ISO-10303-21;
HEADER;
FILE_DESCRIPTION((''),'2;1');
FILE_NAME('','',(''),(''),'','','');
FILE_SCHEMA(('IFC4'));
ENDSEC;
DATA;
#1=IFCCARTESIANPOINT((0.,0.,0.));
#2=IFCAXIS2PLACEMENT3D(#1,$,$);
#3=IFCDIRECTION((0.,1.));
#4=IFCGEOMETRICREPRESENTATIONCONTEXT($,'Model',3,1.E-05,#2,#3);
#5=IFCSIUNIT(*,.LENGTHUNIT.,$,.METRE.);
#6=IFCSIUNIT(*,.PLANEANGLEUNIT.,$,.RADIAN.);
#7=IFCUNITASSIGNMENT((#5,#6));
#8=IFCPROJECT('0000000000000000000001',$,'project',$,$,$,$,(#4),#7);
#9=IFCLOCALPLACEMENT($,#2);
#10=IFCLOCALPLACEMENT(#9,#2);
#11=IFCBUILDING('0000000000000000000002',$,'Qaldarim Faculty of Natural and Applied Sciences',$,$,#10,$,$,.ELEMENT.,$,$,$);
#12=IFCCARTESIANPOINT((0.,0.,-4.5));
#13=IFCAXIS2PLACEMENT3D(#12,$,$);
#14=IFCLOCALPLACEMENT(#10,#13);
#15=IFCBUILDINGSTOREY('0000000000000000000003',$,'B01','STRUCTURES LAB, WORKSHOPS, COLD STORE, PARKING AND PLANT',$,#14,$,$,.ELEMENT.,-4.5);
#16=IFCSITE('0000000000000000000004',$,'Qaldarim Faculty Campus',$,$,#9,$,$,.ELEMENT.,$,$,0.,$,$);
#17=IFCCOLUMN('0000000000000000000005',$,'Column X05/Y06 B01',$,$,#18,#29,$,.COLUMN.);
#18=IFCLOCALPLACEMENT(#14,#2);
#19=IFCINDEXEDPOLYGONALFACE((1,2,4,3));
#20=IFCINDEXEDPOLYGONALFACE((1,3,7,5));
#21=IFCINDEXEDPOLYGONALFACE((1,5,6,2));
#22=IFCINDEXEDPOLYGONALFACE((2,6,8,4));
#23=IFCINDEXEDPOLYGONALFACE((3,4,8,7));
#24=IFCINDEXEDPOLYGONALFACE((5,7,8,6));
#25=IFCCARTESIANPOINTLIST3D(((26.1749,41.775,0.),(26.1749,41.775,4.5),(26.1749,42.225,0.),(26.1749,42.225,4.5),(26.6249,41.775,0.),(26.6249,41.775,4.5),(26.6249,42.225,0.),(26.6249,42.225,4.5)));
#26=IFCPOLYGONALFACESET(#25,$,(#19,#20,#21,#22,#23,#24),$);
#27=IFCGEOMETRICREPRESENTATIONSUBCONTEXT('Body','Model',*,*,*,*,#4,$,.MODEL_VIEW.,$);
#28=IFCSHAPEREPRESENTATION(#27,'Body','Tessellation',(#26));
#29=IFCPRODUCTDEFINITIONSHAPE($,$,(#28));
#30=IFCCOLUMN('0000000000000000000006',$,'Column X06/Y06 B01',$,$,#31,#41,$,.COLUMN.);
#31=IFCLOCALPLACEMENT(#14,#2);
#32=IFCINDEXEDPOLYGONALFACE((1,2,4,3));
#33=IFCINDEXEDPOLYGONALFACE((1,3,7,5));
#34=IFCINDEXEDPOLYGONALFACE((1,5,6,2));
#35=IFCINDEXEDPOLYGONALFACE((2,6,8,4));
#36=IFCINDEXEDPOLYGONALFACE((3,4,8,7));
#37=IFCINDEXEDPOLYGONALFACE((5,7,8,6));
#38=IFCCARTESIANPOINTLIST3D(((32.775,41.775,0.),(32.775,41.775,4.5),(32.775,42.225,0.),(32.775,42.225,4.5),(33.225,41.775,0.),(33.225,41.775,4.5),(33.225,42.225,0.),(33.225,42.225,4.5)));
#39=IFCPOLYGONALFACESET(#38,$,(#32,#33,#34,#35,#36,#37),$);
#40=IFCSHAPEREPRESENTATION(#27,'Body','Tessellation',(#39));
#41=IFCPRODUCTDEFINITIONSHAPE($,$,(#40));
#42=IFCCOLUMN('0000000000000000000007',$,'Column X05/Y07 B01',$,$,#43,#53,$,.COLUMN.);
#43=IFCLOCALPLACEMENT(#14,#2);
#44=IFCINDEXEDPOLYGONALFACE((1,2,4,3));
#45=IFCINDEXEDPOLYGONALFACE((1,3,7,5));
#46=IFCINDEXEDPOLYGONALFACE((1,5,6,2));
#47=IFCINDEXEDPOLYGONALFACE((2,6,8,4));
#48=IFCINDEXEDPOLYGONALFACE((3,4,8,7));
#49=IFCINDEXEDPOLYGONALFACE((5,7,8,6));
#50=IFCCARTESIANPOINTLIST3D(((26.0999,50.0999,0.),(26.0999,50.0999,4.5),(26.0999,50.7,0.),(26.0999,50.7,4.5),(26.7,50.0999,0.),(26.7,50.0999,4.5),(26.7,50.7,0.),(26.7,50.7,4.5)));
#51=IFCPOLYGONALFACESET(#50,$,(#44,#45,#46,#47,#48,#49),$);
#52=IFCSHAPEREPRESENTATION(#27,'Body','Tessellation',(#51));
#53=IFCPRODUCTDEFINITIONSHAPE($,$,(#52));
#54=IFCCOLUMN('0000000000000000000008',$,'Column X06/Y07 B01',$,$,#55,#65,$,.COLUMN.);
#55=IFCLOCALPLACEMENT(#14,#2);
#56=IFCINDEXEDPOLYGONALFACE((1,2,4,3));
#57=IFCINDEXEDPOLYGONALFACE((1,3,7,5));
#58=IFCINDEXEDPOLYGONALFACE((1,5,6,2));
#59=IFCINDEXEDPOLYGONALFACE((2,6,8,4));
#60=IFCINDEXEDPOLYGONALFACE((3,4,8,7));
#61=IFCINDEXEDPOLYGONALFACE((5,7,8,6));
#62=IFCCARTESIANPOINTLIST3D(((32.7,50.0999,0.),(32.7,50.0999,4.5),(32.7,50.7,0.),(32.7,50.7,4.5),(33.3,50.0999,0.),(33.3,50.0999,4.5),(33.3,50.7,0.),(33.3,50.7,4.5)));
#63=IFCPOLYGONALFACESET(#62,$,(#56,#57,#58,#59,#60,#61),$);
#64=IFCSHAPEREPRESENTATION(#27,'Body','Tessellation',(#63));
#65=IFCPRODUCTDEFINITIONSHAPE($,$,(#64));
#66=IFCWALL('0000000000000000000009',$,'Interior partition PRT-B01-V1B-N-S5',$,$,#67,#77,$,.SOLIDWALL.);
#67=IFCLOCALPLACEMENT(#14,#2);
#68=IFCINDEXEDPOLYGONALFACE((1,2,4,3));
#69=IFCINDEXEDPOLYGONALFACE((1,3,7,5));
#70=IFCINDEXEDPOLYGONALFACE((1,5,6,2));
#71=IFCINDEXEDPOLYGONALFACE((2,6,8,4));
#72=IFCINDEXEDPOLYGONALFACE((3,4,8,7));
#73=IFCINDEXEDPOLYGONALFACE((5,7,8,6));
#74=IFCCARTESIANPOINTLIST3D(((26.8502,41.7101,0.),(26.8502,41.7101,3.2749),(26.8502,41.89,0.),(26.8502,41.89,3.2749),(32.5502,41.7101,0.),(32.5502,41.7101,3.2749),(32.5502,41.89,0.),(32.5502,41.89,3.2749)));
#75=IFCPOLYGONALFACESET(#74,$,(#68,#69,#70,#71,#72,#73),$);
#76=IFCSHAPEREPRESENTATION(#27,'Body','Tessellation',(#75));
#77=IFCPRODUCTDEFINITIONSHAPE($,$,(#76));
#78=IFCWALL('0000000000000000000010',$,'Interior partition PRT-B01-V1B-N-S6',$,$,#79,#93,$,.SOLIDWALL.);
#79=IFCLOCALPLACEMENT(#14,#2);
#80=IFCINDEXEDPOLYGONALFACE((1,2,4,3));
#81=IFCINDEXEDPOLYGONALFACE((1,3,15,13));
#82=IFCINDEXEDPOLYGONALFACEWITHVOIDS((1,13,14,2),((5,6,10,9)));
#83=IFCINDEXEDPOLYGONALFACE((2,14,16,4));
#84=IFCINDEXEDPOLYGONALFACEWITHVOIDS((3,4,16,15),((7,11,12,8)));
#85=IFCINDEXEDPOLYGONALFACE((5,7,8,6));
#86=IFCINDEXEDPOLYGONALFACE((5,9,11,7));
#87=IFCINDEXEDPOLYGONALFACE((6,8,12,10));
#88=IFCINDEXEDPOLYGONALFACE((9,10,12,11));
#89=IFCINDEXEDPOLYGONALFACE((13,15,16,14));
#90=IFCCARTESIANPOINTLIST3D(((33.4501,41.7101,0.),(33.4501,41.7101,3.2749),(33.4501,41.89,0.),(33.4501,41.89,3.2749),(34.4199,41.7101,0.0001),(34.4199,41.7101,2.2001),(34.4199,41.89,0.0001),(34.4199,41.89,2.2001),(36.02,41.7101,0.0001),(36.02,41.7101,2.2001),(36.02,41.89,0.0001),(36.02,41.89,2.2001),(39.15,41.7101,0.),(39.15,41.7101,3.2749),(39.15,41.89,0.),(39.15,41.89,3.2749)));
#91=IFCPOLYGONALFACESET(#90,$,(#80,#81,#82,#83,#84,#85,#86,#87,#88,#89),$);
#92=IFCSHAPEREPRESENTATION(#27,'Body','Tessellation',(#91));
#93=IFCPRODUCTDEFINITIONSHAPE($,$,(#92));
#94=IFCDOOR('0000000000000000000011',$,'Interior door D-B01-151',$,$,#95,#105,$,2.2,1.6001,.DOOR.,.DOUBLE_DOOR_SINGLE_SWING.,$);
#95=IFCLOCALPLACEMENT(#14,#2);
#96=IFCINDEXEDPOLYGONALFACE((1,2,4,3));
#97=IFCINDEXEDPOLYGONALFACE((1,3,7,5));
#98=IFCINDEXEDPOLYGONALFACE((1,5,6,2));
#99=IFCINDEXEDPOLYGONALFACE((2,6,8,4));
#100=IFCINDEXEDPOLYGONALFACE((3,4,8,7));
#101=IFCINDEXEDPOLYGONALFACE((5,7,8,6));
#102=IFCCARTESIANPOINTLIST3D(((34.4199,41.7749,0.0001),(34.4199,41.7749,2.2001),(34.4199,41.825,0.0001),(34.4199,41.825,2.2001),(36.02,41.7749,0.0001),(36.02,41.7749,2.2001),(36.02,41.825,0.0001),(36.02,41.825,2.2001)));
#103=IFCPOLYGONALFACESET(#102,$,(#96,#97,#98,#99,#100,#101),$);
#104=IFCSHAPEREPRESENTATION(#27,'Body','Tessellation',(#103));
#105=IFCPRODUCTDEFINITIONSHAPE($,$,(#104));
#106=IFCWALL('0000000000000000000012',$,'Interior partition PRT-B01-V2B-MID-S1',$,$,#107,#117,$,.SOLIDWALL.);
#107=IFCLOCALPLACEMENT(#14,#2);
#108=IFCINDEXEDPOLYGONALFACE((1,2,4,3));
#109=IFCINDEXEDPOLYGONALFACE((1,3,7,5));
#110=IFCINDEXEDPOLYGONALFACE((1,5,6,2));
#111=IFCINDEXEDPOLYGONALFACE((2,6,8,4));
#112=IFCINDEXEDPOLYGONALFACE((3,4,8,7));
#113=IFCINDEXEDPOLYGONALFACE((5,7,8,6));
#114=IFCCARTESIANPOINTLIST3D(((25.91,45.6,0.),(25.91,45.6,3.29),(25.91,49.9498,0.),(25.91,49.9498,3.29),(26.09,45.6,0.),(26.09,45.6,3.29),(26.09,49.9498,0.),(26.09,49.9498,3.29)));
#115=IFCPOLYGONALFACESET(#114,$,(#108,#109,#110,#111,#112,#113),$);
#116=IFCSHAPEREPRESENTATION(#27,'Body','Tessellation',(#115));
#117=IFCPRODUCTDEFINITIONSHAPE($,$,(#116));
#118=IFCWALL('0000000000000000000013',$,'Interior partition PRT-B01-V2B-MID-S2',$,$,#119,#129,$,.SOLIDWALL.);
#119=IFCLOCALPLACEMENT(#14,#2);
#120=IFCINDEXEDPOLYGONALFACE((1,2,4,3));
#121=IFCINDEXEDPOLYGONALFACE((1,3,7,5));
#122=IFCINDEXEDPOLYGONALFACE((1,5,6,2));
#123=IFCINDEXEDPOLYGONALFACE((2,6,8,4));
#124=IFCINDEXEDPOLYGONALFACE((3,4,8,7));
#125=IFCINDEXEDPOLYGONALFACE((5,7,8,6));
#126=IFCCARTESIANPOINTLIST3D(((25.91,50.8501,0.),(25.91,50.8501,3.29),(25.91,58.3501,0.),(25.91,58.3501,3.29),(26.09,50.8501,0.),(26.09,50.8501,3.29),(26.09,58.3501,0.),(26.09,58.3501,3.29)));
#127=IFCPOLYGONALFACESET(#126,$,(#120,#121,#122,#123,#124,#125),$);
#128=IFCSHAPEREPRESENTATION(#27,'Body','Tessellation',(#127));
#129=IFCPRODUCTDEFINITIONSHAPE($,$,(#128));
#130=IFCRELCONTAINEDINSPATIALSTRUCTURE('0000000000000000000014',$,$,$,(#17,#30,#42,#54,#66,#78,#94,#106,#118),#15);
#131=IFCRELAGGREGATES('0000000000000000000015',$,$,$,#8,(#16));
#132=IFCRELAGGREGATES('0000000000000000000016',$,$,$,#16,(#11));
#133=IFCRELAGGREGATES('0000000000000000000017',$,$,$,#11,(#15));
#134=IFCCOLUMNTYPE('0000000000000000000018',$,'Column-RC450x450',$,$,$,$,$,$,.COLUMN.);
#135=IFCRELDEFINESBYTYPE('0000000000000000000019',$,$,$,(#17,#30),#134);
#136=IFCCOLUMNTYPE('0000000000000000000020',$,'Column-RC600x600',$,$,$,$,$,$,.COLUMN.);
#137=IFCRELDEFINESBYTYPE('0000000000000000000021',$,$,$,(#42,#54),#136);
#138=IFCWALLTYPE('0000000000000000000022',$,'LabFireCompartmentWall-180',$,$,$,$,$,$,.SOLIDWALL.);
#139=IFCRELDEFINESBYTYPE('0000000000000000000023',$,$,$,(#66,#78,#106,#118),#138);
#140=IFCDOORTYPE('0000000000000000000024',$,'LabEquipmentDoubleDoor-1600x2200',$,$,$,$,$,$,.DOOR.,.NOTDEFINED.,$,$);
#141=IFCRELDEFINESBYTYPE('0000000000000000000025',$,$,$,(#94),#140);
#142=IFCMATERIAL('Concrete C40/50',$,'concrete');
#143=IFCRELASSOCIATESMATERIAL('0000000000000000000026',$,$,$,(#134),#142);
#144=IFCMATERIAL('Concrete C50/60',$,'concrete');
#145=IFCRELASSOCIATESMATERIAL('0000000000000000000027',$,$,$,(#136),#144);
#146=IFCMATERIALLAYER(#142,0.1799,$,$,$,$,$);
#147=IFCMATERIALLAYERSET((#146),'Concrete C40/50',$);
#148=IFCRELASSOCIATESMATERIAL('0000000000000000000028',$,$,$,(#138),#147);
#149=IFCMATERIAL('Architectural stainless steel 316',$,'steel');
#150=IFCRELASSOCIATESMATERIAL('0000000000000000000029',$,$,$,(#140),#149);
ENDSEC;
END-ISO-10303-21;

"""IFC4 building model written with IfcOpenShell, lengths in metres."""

from ifc_helpers import new_model, si_unit, direction, frame, frame_2d, origin, origin_2d, place, context, subcontext, project, spatial, rectangle, extrude, material, layer, layer_set, material_profile, profile_set, type_object, element, fill, save


model = new_model("IFC4")

# Units and contexts
model_context = context("Model", 3, precision=1e-05, world=origin(), true_north=direction((0.0, 1.0)))
body_context = subcontext(model_context, "Body", "Model", "MODEL_VIEW")
ifc_project = project(units=[si_unit("LENGTHUNIT", "METRE"), si_unit("PLANEANGLEUNIT", "RADIAN")], contexts=[model_context])

# Site, building, storey
site_placement = place(None, origin())
site = spatial("IfcSite", under=ifc_project, at=site_placement, Name="Qaldarim Faculty Campus", CompositionType="ELEMENT", RefElevation=0.0)
building_placement = place(site_placement, origin())
building = spatial("IfcBuilding", under=site, at=building_placement, Name="Qaldarim Faculty of Natural and Applied Sciences", CompositionType="ELEMENT")
storey_placement = place(building_placement, frame((0.0, 0.0, -4.5)))
storey = spatial("IfcBuildingStorey", under=building, at=storey_placement, Name="B01", Description="STRUCTURES LAB, WORKSHOPS, COLD STORE, PARKING AND PLANT", CompositionType="ELEMENT", Elevation=-4.5)

# Shared definitions
ifc_material_1 = material(Name="Concrete C40/50", Category="concrete")

# Columns
ifc_material_profile_1 = material_profile(ifc_material_1, rectangle(XDim=0.45, YDim=0.45, at=origin_2d()), Name="RC-C450x450")
ifc_profile_set_1 = profile_set([ifc_material_profile_1], Name="Concrete C40/50")
column_type_1 = type_object("IfcColumnType", Name="Column-RC450x450", PredefinedType="COLUMN", material=ifc_profile_set_1)
for number, where, z_axis, x_axis, name in (
    (1, (26.3999, 42.0, 0.0), (0.0, 0.0, 1.0), (1.0, 0.0, 0.0), "Column X05/Y06 B01"),
    (2, (33.0, 42.0, 0.0), (0.0, 0.0, 1.0), (1.0, 0.0, 0.0), "Column X06/Y06 B01"),
):
    element("IfcColumn", number, at=place(storey_placement, frame(where, z_axis=z_axis, x_axis=x_axis)), inside=storey, type_object=column_type_1, Name=name, PredefinedType="COLUMN", context=body_context, shape_type="SweptSolid", body=[
        extrude(rectangle(XDim=0.45, YDim=0.45, at=origin_2d()), origin(), (0.0, 0.0, 1.0), 4.5),
    ])
ifc_material_2 = material(Name="Concrete C50/60", Category="concrete")
ifc_material_profile_2 = material_profile(ifc_material_2, rectangle(XDim=0.6001, YDim=0.6001, at=origin_2d()), Name="RC-C600x600")
ifc_profile_set_2 = profile_set([ifc_material_profile_2], Name="Concrete C50/60")
column_type_2 = type_object("IfcColumnType", Name="Column-RC600x600", PredefinedType="COLUMN", material=ifc_profile_set_2)
for number, where, z_axis, x_axis, name in (
    (3, (26.3999, 50.3999, 0.0), (0.0, 0.0, 1.0), (1.0, 0.0, 0.0), "Column X05/Y07 B01"),
    (4, (33.0, 50.3999, 0.0), (0.0, 0.0, 1.0), (1.0, 0.0, 0.0), "Column X06/Y07 B01"),
):
    element("IfcColumn", number, at=place(storey_placement, frame(where, z_axis=z_axis, x_axis=x_axis)), inside=storey, type_object=column_type_2, Name=name, PredefinedType="COLUMN", context=body_context, shape_type="SweptSolid", body=[
        extrude(rectangle(XDim=0.6001, YDim=0.6001, at=origin_2d()), origin(), (0.0, 0.0, 1.0), 4.5),
    ])

# Wall
ifc_layer_1 = layer(ifc_material_1, 0.1799)
ifc_layer_set_1 = layer_set([ifc_layer_1], Name="Concrete C40/50")
wall_type = type_object("IfcWallType", Name="LabFireCompartmentWall-180", PredefinedType="SOLIDWALL", material=ifc_layer_set_1)
wall_1_placement = place(storey_placement, frame((26.8501, 41.8, 0.0), z_axis=(0.0, 0.0, 1.0), x_axis=(1.0, 0.0, 0.0)))
element("IfcWall", 5, at=wall_1_placement, inside=storey, type_object=wall_type, Name="Interior partition PRT-B01-V1B-N-S5", PredefinedType="SOLIDWALL", context=body_context, shape_type="SweptSolid", body=[
    extrude(rectangle(XDim=5.7, YDim=0.1799, at=frame_2d((2.8501, 0.0))), origin(), (0.0, 0.0, 1.0), 3.2749),
])

# Wall, opening, door
wall_2_placement = place(storey_placement, frame((33.45, 41.8, 0.0), z_axis=(0.0, 0.0, 1.0), x_axis=(1.0, 0.0, 0.0)))
wall_2 = element("IfcWall", 6, at=wall_2_placement, inside=storey, type_object=wall_type, Name="Interior partition PRT-B01-V1B-N-S6", PredefinedType="SOLIDWALL", context=body_context, shape_type="SweptSolid", body=[
    extrude(rectangle(XDim=5.7, YDim=0.1799, at=frame_2d((2.8501, 0.0))), origin(), (0.0, 0.0, 1.0), 3.2749),
])
opening_placement = place(wall_2_placement, frame((0.97, 0.0, 0.0)))
opening = element("IfcOpeningElement", 7, at=opening_placement, cuts=wall_2, PredefinedType="OPENING", context=body_context, shape_type="SweptSolid", body=[
    extrude(rectangle(XDim=1.6001, YDim=2.2, at=frame_2d((0.8, 1.1001))), frame((0.0, 0.0999, 0.0), z_axis=(0.0, -1.0, 0.0), x_axis=(1.0, 0.0, 0.0)), (0.0, 0.0, 1.0), 0.2),
])
ifc_material_3 = material(Name="Architectural stainless steel 316", Category="steel")
door_type = type_object("IfcDoorType", Name="LabEquipmentDoubleDoor-1600x2200", OperationType="NOTDEFINED", PredefinedType="DOOR", material=ifc_material_3)
door_placement = place(opening_placement, origin())
door = element("IfcDoor", 8, at=door_placement, inside=storey, type_object=door_type, Name="Interior door D-B01-151", OperationType="DOUBLE_DOOR_SINGLE_SWING", OverallHeight=2.2, OverallWidth=1.6001, PredefinedType="DOOR", context=body_context, shape_type="SweptSolid", body=[
    extrude(rectangle(XDim=1.6001, YDim=2.2, at=frame_2d((0.8, 1.1001))), frame((0.0, 0.0249, 0.0), z_axis=(0.0, -1.0, 0.0), x_axis=(1.0, 0.0, 0.0)), (0.0, 0.0, 1.0), 0.05),
])
fill(opening, door)

# Walls
wall_3_placement = place(storey_placement, frame((26.0, 45.6001, 0.0), z_axis=(0.0, 0.0, 1.0), x_axis=(0.0, 1.0, 0.0)))
element("IfcWall", 9, at=wall_3_placement, inside=storey, type_object=wall_type, Name="Interior partition PRT-B01-V2B-MID-S1", PredefinedType="SOLIDWALL", context=body_context, shape_type="SweptSolid", body=[
    extrude(rectangle(XDim=4.3499, YDim=0.1799, at=frame_2d((2.1748, 0.0))), origin(), (0.0, 0.0, 1.0), 3.29),
])
wall_4_placement = place(storey_placement, frame((26.0, 50.8501, 0.0), z_axis=(0.0, 0.0, 1.0), x_axis=(0.0, 1.0, 0.0)))
element("IfcWall", 10, at=wall_4_placement, inside=storey, type_object=wall_type, Name="Interior partition PRT-B01-V2B-MID-S2", PredefinedType="SOLIDWALL", context=body_context, shape_type="SweptSolid", body=[
    extrude(rectangle(XDim=7.5, YDim=0.1799, at=frame_2d((3.75, 0.0))), origin(), (0.0, 0.0, 1.0), 3.29),
])

save(model, "model.ifc")
